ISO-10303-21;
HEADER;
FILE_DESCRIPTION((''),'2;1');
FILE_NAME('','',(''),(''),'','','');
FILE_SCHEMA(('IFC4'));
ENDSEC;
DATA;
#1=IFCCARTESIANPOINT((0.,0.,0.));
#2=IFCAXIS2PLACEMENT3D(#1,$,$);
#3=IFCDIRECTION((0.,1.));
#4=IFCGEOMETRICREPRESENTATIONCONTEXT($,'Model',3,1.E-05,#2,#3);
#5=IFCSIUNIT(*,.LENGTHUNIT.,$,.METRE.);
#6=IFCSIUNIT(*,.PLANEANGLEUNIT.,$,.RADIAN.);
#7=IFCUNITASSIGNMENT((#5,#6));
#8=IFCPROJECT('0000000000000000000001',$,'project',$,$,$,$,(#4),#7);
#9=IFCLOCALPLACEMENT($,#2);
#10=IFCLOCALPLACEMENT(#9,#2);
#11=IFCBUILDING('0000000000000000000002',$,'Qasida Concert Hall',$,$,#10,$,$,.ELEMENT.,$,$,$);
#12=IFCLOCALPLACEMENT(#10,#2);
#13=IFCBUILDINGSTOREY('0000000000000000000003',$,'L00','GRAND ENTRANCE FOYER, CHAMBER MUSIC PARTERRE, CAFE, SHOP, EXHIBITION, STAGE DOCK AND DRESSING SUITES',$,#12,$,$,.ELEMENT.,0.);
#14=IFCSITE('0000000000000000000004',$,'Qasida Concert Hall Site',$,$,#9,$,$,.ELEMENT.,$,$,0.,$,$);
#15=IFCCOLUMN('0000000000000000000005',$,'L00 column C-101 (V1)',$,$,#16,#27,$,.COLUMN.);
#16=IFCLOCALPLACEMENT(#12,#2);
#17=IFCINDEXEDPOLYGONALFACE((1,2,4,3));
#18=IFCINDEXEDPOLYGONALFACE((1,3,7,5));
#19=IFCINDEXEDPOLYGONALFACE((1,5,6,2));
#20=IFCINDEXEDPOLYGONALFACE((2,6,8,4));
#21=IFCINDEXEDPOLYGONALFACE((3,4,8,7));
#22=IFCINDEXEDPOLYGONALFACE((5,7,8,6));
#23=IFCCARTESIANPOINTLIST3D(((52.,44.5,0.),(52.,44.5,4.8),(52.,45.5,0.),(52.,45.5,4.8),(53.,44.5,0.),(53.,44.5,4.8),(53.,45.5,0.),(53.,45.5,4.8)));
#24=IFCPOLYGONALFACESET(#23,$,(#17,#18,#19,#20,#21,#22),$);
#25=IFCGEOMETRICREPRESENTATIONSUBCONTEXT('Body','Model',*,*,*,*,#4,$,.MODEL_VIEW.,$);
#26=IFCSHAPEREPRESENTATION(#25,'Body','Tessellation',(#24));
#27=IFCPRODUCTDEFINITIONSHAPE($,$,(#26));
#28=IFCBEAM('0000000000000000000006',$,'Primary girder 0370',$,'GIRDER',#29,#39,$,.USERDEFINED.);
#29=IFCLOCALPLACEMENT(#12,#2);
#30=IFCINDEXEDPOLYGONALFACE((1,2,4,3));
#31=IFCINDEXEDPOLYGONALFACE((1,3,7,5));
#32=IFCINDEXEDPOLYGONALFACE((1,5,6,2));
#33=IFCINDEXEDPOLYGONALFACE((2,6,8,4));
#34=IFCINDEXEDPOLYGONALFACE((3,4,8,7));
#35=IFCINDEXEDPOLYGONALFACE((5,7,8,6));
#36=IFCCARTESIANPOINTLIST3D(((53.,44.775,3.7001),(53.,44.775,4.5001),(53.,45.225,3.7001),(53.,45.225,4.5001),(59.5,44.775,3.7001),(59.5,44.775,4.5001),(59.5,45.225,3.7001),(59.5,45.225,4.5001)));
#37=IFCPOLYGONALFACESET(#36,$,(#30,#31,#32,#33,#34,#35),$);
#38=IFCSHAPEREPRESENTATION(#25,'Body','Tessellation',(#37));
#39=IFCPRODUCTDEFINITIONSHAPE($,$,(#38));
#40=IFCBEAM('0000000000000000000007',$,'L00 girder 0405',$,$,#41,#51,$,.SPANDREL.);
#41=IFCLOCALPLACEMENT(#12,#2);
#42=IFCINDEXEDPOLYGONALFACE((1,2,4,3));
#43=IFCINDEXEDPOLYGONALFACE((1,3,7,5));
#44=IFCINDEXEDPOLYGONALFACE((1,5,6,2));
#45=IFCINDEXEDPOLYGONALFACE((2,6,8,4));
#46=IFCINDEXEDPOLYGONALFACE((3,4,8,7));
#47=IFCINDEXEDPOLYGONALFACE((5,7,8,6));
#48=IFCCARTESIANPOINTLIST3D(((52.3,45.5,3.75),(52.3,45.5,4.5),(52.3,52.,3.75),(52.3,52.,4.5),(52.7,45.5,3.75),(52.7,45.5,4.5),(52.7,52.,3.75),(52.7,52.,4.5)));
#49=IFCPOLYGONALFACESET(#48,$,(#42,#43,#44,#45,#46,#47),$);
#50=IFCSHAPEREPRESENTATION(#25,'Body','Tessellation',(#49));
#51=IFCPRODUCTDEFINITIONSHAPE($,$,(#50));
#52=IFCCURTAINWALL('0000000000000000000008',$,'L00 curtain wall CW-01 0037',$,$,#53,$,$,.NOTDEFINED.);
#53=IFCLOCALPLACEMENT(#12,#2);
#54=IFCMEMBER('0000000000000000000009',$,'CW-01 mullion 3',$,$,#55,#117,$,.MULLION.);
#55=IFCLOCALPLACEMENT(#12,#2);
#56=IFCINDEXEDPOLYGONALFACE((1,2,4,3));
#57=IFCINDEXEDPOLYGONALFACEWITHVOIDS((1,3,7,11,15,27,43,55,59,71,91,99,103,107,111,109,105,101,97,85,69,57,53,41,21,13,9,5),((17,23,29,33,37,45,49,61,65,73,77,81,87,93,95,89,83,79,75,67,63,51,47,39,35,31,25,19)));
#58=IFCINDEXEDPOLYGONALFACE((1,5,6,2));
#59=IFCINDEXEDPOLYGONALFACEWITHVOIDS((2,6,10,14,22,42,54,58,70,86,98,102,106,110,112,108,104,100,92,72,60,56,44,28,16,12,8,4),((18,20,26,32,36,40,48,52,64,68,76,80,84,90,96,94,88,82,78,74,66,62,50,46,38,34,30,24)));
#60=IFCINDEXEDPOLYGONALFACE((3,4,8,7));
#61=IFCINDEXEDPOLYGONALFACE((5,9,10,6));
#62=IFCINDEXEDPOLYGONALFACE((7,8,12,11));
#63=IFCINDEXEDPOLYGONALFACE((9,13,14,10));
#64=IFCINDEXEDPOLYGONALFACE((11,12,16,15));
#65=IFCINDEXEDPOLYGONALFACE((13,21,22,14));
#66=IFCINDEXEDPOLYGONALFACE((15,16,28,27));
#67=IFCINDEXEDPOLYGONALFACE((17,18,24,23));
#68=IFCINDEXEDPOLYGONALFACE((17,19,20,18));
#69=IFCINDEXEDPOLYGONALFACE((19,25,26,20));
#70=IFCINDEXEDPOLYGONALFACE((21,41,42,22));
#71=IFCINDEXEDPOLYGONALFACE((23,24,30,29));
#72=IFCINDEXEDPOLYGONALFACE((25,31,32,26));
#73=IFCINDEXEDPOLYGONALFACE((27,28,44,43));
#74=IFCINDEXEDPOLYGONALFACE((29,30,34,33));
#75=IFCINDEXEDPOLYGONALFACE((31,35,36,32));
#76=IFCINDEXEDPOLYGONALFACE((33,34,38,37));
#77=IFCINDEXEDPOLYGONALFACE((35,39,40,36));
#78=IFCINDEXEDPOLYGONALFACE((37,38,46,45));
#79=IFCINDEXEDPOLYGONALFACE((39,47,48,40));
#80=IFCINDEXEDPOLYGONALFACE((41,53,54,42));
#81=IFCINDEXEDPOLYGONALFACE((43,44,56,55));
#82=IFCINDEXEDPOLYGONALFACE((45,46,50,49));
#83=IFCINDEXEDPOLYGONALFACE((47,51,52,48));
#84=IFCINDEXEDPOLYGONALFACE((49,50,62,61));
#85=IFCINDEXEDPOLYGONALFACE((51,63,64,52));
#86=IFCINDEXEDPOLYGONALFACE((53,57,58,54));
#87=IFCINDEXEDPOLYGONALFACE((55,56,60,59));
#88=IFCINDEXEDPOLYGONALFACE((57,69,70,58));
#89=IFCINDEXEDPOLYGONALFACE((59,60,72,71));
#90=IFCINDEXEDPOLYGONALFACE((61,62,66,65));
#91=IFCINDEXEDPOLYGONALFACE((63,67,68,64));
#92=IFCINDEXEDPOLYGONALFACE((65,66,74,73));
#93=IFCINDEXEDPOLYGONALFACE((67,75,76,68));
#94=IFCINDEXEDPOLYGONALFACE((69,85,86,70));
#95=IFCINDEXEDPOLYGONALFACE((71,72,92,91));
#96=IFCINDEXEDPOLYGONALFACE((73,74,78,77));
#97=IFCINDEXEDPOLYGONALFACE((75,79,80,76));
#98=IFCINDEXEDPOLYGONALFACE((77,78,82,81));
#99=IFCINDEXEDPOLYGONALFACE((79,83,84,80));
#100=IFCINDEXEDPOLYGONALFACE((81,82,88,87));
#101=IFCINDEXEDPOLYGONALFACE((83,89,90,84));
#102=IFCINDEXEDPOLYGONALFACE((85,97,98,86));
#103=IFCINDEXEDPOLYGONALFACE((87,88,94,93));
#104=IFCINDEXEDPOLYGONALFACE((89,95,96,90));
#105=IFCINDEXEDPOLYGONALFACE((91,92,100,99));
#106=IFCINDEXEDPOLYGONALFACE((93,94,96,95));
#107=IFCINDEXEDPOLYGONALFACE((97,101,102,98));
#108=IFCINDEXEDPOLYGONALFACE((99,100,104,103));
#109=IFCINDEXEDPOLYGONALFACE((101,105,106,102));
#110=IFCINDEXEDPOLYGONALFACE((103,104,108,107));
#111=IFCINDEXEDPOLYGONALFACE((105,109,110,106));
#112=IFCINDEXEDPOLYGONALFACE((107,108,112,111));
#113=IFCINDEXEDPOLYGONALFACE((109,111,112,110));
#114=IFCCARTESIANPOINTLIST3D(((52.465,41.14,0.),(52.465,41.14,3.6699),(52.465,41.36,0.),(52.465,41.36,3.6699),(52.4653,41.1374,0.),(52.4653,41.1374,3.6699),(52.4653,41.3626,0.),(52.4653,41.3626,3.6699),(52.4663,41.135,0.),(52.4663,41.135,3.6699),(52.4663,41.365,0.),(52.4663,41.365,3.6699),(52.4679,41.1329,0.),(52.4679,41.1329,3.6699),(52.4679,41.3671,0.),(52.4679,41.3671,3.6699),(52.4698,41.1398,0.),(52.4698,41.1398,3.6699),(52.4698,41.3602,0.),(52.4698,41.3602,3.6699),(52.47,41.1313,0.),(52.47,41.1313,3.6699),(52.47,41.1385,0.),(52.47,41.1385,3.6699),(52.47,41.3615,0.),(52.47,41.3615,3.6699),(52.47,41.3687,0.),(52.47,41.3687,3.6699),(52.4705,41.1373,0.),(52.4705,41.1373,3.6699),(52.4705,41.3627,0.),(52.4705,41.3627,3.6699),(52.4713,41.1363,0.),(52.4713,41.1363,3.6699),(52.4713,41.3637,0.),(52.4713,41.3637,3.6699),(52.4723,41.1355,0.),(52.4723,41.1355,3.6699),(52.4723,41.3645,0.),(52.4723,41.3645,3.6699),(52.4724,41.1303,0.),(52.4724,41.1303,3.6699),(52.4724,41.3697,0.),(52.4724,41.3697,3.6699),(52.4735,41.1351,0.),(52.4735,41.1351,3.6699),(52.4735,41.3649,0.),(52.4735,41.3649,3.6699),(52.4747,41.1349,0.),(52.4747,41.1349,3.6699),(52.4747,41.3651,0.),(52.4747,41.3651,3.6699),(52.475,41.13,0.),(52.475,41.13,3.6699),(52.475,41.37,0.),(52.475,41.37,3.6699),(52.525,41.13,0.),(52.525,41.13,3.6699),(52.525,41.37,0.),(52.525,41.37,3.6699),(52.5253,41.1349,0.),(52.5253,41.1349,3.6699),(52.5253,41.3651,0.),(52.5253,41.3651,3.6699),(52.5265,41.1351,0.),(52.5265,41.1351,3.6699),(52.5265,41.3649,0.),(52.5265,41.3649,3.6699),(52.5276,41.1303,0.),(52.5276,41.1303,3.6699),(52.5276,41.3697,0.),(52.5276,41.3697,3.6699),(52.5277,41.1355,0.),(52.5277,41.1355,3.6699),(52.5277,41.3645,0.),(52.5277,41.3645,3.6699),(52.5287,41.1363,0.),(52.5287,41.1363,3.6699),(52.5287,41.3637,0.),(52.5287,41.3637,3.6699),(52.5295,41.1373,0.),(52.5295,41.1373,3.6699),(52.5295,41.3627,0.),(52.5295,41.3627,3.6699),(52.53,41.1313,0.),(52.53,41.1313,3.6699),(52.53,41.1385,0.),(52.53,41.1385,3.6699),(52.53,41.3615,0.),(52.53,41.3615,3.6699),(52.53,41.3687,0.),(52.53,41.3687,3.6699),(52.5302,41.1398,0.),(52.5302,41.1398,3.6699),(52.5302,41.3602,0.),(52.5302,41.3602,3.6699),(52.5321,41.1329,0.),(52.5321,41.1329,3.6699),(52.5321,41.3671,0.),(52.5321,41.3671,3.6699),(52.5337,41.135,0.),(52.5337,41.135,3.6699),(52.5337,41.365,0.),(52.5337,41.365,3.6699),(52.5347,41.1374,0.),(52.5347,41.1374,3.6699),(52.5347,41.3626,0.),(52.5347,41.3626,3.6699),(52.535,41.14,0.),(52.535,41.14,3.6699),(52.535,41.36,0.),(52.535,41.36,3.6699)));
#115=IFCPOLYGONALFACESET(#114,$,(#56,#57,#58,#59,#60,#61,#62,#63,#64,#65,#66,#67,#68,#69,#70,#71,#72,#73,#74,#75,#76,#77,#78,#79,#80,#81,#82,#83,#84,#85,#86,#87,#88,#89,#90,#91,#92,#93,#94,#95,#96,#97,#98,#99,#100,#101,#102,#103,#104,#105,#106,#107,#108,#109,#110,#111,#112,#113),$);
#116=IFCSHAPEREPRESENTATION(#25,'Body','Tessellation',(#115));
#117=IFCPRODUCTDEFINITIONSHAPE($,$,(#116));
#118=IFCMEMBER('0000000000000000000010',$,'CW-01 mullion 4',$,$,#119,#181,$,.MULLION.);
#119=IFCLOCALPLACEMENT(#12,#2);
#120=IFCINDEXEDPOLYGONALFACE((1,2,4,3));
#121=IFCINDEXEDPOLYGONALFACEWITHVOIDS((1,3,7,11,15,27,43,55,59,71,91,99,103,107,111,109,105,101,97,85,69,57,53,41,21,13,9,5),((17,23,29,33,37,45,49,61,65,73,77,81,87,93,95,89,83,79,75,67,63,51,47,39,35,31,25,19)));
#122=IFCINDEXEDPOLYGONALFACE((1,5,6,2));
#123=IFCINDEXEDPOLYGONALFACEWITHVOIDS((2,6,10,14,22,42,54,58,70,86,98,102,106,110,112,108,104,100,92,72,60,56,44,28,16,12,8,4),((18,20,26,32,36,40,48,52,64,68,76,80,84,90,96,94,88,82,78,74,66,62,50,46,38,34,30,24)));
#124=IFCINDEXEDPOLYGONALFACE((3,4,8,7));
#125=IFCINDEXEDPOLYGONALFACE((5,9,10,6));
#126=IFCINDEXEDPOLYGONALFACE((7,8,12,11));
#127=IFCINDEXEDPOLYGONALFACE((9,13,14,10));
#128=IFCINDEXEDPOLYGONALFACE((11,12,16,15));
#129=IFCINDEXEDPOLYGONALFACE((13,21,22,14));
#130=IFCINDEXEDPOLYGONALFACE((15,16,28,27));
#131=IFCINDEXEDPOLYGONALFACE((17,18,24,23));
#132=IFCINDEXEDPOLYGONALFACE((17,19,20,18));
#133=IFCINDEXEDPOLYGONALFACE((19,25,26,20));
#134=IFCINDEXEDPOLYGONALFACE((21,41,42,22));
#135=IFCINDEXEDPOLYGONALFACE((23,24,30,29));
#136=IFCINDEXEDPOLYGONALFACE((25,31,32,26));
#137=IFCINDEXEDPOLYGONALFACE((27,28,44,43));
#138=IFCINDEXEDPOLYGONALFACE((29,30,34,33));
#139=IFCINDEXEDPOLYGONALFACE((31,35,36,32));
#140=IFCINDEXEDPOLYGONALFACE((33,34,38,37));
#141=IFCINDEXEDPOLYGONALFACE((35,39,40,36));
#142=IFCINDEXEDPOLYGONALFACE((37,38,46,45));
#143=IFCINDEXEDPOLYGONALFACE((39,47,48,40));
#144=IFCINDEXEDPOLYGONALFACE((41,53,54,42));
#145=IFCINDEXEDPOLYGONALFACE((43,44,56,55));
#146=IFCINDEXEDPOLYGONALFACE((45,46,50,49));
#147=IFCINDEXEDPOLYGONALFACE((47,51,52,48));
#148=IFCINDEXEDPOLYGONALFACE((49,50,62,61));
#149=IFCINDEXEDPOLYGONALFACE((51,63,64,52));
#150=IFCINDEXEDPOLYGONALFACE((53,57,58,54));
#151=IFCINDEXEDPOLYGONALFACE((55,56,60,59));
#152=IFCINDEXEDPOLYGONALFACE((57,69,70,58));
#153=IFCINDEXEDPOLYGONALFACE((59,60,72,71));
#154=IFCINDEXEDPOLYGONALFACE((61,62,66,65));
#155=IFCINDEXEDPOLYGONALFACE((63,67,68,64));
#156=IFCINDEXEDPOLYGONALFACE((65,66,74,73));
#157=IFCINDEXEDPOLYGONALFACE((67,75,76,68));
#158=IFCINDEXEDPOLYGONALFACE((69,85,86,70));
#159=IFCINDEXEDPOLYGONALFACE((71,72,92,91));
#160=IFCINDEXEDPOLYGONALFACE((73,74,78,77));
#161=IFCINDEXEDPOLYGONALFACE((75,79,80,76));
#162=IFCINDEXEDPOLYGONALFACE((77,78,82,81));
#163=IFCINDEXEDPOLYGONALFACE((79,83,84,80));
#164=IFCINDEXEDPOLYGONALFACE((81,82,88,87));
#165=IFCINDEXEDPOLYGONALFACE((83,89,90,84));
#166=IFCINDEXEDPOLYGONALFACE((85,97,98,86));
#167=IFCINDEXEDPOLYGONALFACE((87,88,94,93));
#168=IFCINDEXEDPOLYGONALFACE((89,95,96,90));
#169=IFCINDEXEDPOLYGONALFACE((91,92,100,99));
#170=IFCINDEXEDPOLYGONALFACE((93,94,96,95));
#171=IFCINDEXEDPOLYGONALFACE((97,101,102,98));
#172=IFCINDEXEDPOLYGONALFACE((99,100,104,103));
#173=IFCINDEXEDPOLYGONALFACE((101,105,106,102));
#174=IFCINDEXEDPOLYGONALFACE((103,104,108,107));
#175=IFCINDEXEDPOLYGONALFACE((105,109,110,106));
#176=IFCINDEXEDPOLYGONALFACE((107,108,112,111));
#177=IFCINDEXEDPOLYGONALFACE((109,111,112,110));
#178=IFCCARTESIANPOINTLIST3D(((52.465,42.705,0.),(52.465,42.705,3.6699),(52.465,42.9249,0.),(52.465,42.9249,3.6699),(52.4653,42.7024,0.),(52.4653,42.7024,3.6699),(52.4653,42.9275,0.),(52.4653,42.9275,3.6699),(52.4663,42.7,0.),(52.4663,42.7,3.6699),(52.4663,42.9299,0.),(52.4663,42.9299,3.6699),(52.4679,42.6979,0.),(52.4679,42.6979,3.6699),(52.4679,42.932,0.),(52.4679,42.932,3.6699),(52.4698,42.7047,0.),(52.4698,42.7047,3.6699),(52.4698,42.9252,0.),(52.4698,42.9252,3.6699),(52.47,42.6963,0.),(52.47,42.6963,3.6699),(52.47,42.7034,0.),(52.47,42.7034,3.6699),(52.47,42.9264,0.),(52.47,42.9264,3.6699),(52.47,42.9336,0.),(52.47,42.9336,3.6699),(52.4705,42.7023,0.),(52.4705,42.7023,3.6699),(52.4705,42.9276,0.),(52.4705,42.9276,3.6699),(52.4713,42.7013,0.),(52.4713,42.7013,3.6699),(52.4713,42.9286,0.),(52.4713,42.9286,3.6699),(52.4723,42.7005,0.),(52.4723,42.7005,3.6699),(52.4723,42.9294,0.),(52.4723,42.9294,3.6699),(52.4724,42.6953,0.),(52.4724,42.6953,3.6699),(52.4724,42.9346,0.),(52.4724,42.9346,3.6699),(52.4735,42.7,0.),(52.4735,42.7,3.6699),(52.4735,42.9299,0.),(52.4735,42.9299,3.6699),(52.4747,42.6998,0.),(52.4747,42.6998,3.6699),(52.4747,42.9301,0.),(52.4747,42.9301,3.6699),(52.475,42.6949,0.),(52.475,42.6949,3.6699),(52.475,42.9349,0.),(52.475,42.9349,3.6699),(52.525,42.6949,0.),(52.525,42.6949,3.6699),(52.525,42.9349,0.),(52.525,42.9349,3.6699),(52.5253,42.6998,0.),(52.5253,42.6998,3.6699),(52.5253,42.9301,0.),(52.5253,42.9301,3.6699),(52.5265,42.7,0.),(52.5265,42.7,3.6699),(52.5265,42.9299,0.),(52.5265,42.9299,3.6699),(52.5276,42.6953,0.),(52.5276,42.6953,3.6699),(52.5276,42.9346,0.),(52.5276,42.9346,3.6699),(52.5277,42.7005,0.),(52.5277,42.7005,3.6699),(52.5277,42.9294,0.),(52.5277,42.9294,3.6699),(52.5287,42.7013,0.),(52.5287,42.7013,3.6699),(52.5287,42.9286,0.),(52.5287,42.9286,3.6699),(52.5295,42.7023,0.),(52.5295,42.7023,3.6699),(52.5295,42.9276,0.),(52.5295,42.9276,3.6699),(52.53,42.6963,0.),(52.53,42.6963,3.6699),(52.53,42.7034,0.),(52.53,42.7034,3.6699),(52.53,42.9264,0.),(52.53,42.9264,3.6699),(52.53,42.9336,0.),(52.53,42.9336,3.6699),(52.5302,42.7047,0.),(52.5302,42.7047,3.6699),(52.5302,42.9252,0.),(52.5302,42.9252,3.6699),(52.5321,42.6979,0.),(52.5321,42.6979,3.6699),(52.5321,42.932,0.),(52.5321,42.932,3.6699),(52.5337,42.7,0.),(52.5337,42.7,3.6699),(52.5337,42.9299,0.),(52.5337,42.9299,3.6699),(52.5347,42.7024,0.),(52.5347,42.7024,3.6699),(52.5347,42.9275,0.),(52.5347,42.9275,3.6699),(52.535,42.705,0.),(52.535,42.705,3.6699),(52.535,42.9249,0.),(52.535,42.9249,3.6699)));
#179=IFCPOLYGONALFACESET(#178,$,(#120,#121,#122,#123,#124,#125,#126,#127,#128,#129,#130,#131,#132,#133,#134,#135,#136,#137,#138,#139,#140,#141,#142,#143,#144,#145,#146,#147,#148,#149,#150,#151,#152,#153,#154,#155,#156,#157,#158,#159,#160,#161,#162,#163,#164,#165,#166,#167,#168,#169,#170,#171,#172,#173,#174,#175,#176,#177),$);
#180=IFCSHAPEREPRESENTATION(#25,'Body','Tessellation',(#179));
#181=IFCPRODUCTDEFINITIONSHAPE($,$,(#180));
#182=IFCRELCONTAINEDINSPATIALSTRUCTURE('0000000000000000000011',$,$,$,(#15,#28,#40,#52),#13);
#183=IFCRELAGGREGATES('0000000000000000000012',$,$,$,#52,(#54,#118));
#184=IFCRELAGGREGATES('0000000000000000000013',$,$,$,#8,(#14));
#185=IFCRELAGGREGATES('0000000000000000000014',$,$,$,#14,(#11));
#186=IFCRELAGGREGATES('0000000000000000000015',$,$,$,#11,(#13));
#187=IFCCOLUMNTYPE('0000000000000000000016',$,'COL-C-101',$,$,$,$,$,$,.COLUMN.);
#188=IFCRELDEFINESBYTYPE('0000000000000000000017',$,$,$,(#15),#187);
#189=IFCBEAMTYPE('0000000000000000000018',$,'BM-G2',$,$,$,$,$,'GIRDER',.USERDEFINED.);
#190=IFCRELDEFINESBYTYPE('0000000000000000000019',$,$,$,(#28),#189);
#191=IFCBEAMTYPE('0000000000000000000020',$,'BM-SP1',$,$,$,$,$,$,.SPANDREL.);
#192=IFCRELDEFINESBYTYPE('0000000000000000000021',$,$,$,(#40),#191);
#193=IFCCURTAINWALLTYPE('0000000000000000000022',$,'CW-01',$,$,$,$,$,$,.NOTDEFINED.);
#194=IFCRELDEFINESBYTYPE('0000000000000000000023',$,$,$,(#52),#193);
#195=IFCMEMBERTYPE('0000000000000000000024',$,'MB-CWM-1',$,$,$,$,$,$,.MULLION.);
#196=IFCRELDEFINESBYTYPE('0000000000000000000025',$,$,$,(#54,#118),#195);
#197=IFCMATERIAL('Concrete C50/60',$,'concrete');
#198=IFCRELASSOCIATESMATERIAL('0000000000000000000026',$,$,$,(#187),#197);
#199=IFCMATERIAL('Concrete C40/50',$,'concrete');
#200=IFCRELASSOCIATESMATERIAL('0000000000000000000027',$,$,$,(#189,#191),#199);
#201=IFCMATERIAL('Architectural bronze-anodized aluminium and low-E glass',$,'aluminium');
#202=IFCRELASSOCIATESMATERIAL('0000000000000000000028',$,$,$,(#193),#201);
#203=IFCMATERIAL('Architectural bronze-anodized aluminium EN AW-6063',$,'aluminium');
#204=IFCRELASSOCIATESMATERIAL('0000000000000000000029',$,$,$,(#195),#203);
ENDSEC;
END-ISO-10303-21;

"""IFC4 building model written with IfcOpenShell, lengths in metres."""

from ifc_helpers import new_model, si_unit, direction, frame, origin, origin_2d, place, context, subcontext, project, spatial, rectangle, hollow_rectangle, extrude, material, material_profile, profile_set, type_object, element, aggregate, save


model = new_model("IFC4")

# Units and contexts
model_context = context("Model", 3, precision=1e-05, world=origin(), true_north=direction((0.0, 1.0)))
body_context = subcontext(model_context, "Body", "Model", "MODEL_VIEW")
ifc_project = project(units=[si_unit("LENGTHUNIT", "METRE"), si_unit("PLANEANGLEUNIT", "RADIAN")], contexts=[model_context])

# Site, building, storey
site_placement = place(None, origin())
site = spatial("IfcSite", under=ifc_project, at=site_placement, Name="Qasida Concert Hall Site", CompositionType="ELEMENT", RefElevation=0.0)
building_placement = place(site_placement, origin())
building = spatial("IfcBuilding", under=site, at=building_placement, Name="Qasida Concert Hall", CompositionType="ELEMENT")
storey_placement = place(building_placement, origin())
storey = spatial("IfcBuildingStorey", under=building, at=storey_placement, Name="L00", Description="GRAND ENTRANCE FOYER, CHAMBER MUSIC PARTERRE, CAFE, SHOP, EXHIBITION, STAGE DOCK AND DRESSING SUITES", CompositionType="ELEMENT", Elevation=0.0)

# Column
ifc_material_1 = material(Name="Concrete C50/60", Category="concrete")
ifc_material_profile_1 = material_profile(ifc_material_1, rectangle(XDim=1.0, YDim=1.0, at=origin_2d()), Name="RC 1000x1000")
ifc_profile_set_1 = profile_set([ifc_material_profile_1], Name="Concrete C50/60")
column_type = type_object("IfcColumnType", Name="COL-C-101", PredefinedType="COLUMN", material=ifc_profile_set_1)
column_placement = place(storey_placement, frame((52.5, 45.0, 0.0), z_axis=(0.0, 0.0, 1.0), x_axis=(1.0, 0.0, 0.0)))
element("IfcColumn", 1, at=column_placement, inside=storey, type_object=column_type, Name="L00 column C-101 (V1)", PredefinedType="COLUMN", context=body_context, shape_type="SweptSolid", body=[
    extrude(rectangle(XDim=1.0, YDim=1.0, at=origin_2d()), origin(), (0.0, 0.0, 1.0), 4.8),
])

# Beams
ifc_material_2 = material(Name="Concrete C40/50", Category="concrete")
ifc_material_profile_2 = material_profile(ifc_material_2, rectangle(XDim=0.45, YDim=0.8, at=origin_2d()), Name="RC 450x800")
ifc_profile_set_2 = profile_set([ifc_material_profile_2], Name="Concrete C40/50")
beam_type_1 = type_object("IfcBeamType", Name="BM-G2", ElementType="GIRDER", PredefinedType="USERDEFINED", material=ifc_profile_set_2)
beam_1_placement = place(storey_placement, frame((53.0, 45.0, 4.1001), z_axis=(1.0, 0.0, 0.0), x_axis=(0.0, 1.0, 0.0)))
element("IfcBeam", 2, at=beam_1_placement, inside=storey, type_object=beam_type_1, Name="Primary girder 0370", ObjectType="GIRDER", PredefinedType="USERDEFINED", context=body_context, shape_type="SweptSolid", body=[
    extrude(rectangle(XDim=0.45, YDim=0.8, at=origin_2d()), origin(), (0.0, 0.0, 1.0), 6.5),
])
ifc_material_profile_3 = material_profile(ifc_material_2, rectangle(XDim=0.3999, YDim=0.75, at=origin_2d()), Name="RC 400x750")
ifc_profile_set_3 = profile_set([ifc_material_profile_3], Name="Concrete C40/50")
beam_type_2 = type_object("IfcBeamType", Name="BM-SP1", PredefinedType="SPANDREL", material=ifc_profile_set_3)
beam_2_placement = place(storey_placement, frame((52.5, 45.5, 4.125), z_axis=(0.0, 1.0, 0.0), x_axis=(-1.0, 0.0, 0.0)))
element("IfcBeam", 3, at=beam_2_placement, inside=storey, type_object=beam_type_2, Name="L00 girder 0405", PredefinedType="SPANDREL", context=body_context, shape_type="SweptSolid", body=[
    extrude(rectangle(XDim=0.3999, YDim=0.75, at=origin_2d()), origin(), (0.0, 0.0, 1.0), 6.5),
])

# Curtain wall, members
ifc_material_3 = material(Name="Architectural bronze-anodized aluminium and low-E glass", Category="aluminium")
curtain_wall_type = type_object("IfcCurtainWallType", Name="CW-01", PredefinedType="NOTDEFINED", material=ifc_material_3)
curtain_wall_placement = place(storey_placement, origin())
curtain_wall = element("IfcCurtainWall", 4, at=curtain_wall_placement, inside=storey, type_object=curtain_wall_type, Name="L00 curtain wall CW-01 0037", PredefinedType="NOTDEFINED")
ifc_material_4 = material(Name="Architectural bronze-anodized aluminium EN AW-6063", Category="aluminium")
ifc_material_profile_4 = material_profile(ifc_material_4, hollow_rectangle(XDim=0.0701, YDim=0.24, WallThickness=0.0049, InnerFilletRadius=0.0049, OuterFilletRadius=0.01, at=origin_2d()), Name="CWM 240x70x5")
ifc_profile_set_4 = profile_set([ifc_material_profile_4], Name="Architectural bronze-anodized aluminium EN AW-6063")
member_type_1 = type_object("IfcMemberType", Name="MB-CWM-1", PredefinedType="MULLION", material=ifc_profile_set_4)
member_1_placement = place(storey_placement, frame((52.5, 41.25, 0.0), z_axis=(0.0, 0.0, 1.0), x_axis=(-1.0, 0.0, 0.0)))
member_1 = element("IfcMember", 5, at=member_1_placement, type_object=member_type_1, Name="CW-01 mullion 3", PredefinedType="MULLION", context=body_context, shape_type="SweptSolid", body=[
    extrude(hollow_rectangle(XDim=0.0701, YDim=0.24, WallThickness=0.0049, InnerFilletRadius=0.0049, OuterFilletRadius=0.01, at=origin_2d()), origin(), (0.0, 0.0, 1.0), 3.6699),
])
member_2_placement = place(storey_placement, frame((52.5, 42.8149, 0.0), z_axis=(0.0, 0.0, 1.0), x_axis=(-1.0, 0.0, 0.0)))
member_2 = element("IfcMember", 6, at=member_2_placement, type_object=member_type_1, Name="CW-01 mullion 4", PredefinedType="MULLION", context=body_context, shape_type="SweptSolid", body=[
    extrude(hollow_rectangle(XDim=0.0701, YDim=0.24, WallThickness=0.0049, InnerFilletRadius=0.0049, OuterFilletRadius=0.01, at=origin_2d()), origin(), (0.0, 0.0, 1.0), 3.6699),
])
aggregate(curtain_wall, [member_1, member_2])

save(model, "model.ifc")
